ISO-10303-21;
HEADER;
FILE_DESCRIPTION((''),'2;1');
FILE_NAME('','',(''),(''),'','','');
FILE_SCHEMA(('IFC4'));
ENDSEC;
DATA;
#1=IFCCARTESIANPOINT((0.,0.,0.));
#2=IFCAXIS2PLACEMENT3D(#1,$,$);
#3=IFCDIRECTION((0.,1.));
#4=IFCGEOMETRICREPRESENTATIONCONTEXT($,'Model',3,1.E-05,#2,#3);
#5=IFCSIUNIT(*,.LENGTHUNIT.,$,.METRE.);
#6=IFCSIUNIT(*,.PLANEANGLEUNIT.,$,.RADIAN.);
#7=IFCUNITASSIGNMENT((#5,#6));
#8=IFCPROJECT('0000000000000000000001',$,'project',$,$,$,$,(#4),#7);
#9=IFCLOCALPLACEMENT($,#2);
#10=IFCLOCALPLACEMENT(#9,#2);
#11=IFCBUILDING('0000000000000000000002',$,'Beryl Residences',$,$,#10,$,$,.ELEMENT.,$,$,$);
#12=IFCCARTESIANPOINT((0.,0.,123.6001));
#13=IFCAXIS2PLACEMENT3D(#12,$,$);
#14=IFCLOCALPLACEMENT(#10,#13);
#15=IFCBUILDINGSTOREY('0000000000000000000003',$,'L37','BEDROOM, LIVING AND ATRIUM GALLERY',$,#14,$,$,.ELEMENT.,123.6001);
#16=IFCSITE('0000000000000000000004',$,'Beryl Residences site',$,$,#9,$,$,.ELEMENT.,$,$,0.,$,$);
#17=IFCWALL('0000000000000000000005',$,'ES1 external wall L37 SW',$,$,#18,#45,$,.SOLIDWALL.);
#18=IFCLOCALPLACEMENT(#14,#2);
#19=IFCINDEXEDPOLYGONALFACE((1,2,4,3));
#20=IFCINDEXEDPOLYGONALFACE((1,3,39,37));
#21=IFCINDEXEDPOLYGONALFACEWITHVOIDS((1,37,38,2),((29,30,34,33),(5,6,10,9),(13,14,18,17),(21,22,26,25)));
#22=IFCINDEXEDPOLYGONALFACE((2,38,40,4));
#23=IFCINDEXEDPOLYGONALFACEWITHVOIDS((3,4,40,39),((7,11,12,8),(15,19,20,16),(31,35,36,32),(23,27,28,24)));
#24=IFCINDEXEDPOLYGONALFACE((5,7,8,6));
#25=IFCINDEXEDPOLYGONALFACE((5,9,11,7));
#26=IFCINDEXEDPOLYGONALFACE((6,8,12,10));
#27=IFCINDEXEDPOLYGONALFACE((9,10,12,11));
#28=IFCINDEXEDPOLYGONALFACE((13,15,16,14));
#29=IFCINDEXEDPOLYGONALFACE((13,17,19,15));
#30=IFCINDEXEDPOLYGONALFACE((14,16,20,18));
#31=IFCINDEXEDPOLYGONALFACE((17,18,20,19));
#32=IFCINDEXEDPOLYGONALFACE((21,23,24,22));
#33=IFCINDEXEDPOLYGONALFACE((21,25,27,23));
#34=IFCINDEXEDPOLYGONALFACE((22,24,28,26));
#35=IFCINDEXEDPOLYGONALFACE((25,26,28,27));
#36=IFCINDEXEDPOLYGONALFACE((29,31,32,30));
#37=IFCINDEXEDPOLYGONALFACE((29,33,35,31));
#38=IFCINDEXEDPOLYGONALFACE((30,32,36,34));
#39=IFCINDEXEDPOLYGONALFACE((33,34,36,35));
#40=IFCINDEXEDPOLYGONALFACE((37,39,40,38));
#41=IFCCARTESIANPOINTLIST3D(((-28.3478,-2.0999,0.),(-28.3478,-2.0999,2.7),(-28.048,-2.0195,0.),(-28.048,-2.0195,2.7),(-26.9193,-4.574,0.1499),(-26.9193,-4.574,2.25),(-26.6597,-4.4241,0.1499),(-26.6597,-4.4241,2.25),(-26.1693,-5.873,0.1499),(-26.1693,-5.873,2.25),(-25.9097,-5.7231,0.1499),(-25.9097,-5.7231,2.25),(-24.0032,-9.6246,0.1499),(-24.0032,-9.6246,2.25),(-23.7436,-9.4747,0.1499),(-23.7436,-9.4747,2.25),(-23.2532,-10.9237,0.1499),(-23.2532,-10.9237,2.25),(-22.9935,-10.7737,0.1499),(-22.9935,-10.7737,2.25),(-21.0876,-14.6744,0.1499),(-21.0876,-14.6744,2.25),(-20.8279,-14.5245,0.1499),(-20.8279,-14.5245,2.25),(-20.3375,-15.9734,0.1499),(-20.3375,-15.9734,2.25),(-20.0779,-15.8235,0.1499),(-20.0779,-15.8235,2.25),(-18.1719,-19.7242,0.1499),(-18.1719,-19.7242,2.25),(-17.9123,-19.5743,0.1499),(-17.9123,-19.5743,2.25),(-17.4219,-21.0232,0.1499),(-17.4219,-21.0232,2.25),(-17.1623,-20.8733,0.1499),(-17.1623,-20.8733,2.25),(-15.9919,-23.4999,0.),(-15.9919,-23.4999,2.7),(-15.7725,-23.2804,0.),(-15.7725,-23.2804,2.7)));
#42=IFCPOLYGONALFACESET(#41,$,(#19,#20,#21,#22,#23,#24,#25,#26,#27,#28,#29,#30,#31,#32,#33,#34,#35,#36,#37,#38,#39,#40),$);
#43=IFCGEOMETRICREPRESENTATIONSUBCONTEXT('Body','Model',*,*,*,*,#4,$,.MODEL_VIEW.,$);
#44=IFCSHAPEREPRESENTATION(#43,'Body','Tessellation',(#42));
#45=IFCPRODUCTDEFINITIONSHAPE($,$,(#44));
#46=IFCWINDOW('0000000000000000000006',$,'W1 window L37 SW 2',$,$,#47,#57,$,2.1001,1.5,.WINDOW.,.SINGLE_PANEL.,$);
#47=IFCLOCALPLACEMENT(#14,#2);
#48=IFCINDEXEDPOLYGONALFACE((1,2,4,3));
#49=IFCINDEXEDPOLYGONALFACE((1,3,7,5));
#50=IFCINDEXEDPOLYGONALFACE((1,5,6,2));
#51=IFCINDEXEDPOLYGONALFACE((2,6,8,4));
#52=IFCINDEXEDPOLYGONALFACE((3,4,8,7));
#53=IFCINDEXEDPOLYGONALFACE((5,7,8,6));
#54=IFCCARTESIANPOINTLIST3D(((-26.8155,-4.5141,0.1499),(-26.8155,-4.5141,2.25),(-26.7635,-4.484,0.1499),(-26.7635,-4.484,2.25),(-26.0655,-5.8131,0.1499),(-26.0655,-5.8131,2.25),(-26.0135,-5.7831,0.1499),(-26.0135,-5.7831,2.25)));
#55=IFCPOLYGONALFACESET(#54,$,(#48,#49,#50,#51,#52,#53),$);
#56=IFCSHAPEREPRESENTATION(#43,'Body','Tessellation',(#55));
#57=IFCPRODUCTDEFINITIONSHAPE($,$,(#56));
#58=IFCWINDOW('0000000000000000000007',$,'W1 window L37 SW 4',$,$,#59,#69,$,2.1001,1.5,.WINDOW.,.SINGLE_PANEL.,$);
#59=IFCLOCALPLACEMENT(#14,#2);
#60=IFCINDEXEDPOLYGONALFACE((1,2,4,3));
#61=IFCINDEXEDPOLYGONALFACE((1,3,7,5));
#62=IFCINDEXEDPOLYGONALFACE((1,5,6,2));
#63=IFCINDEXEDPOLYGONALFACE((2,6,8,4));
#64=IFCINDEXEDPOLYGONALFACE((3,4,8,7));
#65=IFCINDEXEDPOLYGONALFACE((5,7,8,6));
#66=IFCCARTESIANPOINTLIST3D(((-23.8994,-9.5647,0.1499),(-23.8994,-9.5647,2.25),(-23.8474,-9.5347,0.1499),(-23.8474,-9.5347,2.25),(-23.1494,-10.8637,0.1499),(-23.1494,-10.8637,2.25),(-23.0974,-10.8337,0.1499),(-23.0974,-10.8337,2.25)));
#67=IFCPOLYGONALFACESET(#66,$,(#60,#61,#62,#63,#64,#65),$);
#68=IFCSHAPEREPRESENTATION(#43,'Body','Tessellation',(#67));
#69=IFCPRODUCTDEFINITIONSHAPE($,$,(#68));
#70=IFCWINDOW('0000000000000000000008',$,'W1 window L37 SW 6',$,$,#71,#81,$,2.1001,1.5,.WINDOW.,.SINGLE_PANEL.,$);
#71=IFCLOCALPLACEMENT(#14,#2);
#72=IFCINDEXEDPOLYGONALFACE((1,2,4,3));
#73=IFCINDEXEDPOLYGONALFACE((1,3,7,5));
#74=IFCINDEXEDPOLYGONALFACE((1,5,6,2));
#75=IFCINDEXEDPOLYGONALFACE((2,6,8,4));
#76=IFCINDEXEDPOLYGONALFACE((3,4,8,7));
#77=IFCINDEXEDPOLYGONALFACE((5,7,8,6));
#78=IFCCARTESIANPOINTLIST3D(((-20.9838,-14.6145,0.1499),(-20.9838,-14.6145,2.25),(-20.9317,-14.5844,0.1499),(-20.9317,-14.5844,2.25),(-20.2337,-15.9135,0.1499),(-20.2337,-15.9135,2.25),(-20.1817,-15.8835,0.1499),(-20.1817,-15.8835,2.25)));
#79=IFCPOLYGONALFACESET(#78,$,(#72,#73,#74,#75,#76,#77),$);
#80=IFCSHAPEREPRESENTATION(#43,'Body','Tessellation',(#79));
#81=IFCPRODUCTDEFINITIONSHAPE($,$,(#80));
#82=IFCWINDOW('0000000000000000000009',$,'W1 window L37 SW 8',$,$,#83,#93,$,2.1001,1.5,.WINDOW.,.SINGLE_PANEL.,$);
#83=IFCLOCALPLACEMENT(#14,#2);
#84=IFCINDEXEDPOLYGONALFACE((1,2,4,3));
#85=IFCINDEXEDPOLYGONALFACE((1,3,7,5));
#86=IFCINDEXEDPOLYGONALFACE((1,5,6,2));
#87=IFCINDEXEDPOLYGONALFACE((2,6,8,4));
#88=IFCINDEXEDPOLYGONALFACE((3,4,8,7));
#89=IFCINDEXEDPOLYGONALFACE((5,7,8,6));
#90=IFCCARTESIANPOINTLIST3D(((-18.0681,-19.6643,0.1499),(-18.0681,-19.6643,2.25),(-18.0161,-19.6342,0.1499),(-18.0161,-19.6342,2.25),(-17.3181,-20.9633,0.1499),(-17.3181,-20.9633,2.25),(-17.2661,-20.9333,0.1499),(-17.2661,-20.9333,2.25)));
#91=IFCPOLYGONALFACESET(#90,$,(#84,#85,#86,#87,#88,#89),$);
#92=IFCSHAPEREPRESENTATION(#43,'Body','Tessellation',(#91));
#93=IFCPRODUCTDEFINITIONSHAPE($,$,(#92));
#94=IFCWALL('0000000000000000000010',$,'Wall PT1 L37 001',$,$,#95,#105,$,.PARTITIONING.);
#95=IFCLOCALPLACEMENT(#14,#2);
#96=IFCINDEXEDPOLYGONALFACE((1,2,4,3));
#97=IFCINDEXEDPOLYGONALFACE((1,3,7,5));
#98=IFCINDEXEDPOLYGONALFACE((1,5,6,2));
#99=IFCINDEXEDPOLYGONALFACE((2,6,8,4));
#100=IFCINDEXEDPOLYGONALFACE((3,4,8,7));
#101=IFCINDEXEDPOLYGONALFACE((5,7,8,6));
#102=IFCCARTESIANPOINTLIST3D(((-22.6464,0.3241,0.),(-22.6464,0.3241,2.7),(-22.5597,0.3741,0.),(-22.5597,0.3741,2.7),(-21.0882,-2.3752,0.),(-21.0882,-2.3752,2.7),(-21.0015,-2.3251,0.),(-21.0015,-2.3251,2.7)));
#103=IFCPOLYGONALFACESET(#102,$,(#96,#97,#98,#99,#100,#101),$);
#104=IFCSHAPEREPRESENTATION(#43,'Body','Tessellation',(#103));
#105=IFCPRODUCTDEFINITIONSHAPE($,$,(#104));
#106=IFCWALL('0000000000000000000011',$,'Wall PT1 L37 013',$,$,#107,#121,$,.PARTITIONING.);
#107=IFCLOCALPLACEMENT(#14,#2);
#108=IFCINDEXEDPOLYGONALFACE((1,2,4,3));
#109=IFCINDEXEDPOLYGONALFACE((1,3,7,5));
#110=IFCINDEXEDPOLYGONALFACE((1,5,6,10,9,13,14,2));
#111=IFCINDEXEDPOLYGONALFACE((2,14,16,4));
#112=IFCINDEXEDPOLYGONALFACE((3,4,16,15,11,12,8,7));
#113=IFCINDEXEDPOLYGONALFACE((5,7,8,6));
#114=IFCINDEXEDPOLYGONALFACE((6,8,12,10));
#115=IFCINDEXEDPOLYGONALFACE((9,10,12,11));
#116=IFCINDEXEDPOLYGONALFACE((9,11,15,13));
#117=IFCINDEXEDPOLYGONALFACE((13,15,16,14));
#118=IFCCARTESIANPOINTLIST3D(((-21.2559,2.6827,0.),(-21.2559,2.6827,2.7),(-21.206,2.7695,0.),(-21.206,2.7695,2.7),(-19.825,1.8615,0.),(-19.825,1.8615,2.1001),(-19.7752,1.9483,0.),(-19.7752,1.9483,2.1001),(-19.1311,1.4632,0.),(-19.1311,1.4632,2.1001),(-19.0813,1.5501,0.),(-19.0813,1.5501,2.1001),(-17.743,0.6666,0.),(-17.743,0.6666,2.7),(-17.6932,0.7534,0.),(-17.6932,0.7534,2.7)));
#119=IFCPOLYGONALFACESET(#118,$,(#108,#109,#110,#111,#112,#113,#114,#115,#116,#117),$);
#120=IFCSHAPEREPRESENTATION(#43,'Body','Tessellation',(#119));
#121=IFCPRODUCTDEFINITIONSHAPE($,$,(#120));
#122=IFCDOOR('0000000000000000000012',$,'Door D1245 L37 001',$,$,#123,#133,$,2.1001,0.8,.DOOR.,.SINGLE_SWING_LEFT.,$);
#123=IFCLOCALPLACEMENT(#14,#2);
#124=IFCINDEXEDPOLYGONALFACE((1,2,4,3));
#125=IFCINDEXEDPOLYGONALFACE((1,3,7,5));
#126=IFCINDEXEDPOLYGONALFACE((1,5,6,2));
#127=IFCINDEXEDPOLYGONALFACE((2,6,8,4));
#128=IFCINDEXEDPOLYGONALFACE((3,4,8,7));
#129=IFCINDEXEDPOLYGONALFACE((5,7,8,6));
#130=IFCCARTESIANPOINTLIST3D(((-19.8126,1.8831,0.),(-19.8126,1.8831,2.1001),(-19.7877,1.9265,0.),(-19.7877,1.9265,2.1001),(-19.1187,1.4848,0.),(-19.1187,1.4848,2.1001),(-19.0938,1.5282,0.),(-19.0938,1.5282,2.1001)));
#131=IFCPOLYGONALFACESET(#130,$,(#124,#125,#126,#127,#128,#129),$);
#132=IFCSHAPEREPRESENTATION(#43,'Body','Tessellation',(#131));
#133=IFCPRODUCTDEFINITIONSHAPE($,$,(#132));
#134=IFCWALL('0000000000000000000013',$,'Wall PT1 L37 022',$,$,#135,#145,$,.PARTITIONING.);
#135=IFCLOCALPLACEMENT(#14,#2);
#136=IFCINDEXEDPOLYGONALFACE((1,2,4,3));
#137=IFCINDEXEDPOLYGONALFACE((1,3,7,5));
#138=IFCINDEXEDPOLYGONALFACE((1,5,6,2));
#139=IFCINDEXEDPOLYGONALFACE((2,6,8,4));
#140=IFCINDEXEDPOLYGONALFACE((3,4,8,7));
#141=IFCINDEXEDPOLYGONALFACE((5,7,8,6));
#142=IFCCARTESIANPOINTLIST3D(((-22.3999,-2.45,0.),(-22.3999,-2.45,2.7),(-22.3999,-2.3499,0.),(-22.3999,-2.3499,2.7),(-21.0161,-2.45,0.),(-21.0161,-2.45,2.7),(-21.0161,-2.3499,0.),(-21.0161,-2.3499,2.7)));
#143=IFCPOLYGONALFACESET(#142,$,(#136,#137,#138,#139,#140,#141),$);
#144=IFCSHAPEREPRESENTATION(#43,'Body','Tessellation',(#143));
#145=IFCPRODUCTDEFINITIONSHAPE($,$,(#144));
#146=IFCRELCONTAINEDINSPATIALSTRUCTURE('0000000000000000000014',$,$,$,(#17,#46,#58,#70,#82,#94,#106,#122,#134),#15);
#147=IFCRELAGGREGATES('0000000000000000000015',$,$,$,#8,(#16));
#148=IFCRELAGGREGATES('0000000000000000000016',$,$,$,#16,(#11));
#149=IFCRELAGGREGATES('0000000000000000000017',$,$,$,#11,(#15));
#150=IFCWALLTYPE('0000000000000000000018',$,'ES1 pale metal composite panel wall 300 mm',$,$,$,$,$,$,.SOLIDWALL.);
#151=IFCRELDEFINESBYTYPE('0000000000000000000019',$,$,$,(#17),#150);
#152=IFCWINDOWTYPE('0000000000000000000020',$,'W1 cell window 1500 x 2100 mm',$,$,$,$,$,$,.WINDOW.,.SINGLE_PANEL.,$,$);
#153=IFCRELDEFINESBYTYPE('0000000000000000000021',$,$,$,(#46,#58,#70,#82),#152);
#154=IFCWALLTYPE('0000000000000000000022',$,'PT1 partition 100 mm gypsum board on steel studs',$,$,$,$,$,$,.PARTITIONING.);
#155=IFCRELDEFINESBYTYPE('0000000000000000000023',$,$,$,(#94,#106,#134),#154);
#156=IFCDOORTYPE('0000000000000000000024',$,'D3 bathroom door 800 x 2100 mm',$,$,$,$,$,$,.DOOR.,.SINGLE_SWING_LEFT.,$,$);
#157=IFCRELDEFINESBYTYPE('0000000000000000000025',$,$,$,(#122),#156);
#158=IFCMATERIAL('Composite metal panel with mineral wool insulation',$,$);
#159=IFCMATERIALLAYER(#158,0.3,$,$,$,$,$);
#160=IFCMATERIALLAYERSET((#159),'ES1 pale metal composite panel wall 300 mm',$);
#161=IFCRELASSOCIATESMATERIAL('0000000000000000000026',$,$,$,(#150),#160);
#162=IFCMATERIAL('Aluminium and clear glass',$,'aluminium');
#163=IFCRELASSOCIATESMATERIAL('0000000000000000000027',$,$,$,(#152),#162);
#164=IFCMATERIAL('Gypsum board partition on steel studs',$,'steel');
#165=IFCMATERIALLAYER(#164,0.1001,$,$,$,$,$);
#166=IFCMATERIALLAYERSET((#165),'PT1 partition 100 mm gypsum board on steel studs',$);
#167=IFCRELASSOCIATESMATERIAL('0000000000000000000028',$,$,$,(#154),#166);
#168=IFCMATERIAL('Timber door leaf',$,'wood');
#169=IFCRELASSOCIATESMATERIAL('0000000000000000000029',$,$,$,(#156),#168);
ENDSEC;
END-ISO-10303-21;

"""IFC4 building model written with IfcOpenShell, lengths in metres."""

from ifc_helpers import new_model, si_unit, direction, frame, frame_2d, origin, place, context, subcontext, project, spatial, polyline, rectangle, outline, extrude, material, layer, layer_set, type_object, element, fill, save


model = new_model("IFC4")

# Units and contexts
model_context = context("Model", 3, precision=1e-05, world=origin(), true_north=direction((0.0, 1.0)))
body_context = subcontext(model_context, "Body", "Model", "MODEL_VIEW")
ifc_project = project(units=[si_unit("LENGTHUNIT", "METRE"), si_unit("PLANEANGLEUNIT", "RADIAN")], contexts=[model_context])

# Site, building, storey
site_placement = place(None, origin())
site = spatial("IfcSite", under=ifc_project, at=site_placement, Name="Beryl Residences site", CompositionType="ELEMENT", RefElevation=0.0)
building_placement = place(site_placement, origin())
building = spatial("IfcBuilding", under=site, at=building_placement, Name="Beryl Residences", CompositionType="ELEMENT")
storey_placement = place(building_placement, frame((0.0, 0.0, 123.6001)))
storey = spatial("IfcBuildingStorey", under=building, at=storey_placement, Name="L37", Description="BEDROOM, LIVING AND ATRIUM GALLERY", CompositionType="ELEMENT", Elevation=123.6001)

# Shared definitions
ifc_material_1 = material(Name="Composite metal panel with mineral wool insulation")
ifc_layer_1 = layer(ifc_material_1, 0.3)
ifc_layer_set_1 = layer_set([ifc_layer_1], Name="ES1 pale metal composite panel wall 300 mm")
wall_type_1 = type_object("IfcWallType", Name="ES1 pale metal composite panel wall 300 mm", PredefinedType="SOLIDWALL", material=ifc_layer_set_1)

# Wall, openings, windows
wall_1_placement = place(storey_placement, frame((-28.218, -2.0249, 0.0), z_axis=(0.0, 0.0, 1.0), x_axis=(0.500018, -0.866015, 0.0)))
wall_1 = element("IfcWall", 1, at=wall_1_placement, inside=storey, type_object=wall_type_1, Name="ES1 external wall L37 SW", PredefinedType="SOLIDWALL", context=body_context, shape_type="SweptSolid", body=[
    extrude(outline(polyline([(0.0, -0.1499), (24.7109, -0.1499), (24.6306, 0.1499), (0.0803, 0.1499), (0.0, -0.1499)])), origin(), (0.0, 0.0, 1.0), 2.7),
])
opening_1_placement = place(wall_1_placement, frame((2.8569, 0.0, 0.1499)))
opening_1 = element("IfcOpeningElement", 2, at=opening_1_placement, cuts=wall_1, PredefinedType="OPENING", context=body_context, shape_type="SweptSolid", body=[
    extrude(rectangle(XDim=1.5, YDim=2.1001, at=frame_2d((0.75, 1.05))), frame((0.0, 0.1599, 0.0), z_axis=(0.0, -1.0, 0.0), x_axis=(1.0, 0.0, 0.0)), (0.0, 0.0, 1.0), 0.3201),
])
opening_2_placement = place(wall_1_placement, frame((8.689, 0.0, 0.1499)))
opening_2 = element("IfcOpeningElement", 3, at=opening_2_placement, cuts=wall_1, PredefinedType="OPENING", context=body_context, shape_type="SweptSolid", body=[
    extrude(rectangle(XDim=1.5, YDim=2.1001, at=frame_2d((0.75, 1.05))), frame((0.0, 0.1599, 0.0), z_axis=(0.0, -1.0, 0.0), x_axis=(1.0, 0.0, 0.0)), (0.0, 0.0, 1.0), 0.3201),
])
opening_3_placement = place(wall_1_placement, frame((14.52, 0.0, 0.1499)))
opening_3 = element("IfcOpeningElement", 4, at=opening_3_placement, cuts=wall_1, PredefinedType="OPENING", context=body_context, shape_type="SweptSolid", body=[
    extrude(rectangle(XDim=1.5, YDim=2.1001, at=frame_2d((0.75, 1.05))), frame((0.0, 0.1599, 0.0), z_axis=(0.0, -1.0, 0.0), x_axis=(1.0, 0.0, 0.0)), (0.0, 0.0, 1.0), 0.3201),
])
opening_4_placement = place(wall_1_placement, frame((20.3511, 0.0, 0.1499)))
opening_4 = element("IfcOpeningElement", 5, at=opening_4_placement, cuts=wall_1, PredefinedType="OPENING", context=body_context, shape_type="SweptSolid", body=[
    extrude(rectangle(XDim=1.5, YDim=2.1001, at=frame_2d((0.75, 1.05))), frame((0.0, 0.1599, 0.0), z_axis=(0.0, -1.0, 0.0), x_axis=(1.0, 0.0, 0.0)), (0.0, 0.0, 1.0), 0.3201),
])
ifc_material_2 = material(Name="Aluminium and clear glass", Category="aluminium")
window_type_1 = type_object("IfcWindowType", Name="W1 cell window 1500 x 2100 mm", PartitioningType="SINGLE_PANEL", PredefinedType="WINDOW", material=ifc_material_2)
window_1_placement = place(opening_1_placement, origin())
window_1 = element("IfcWindow", 6, at=window_1_placement, inside=storey, type_object=window_type_1, Name="W1 window L37 SW 2", OverallHeight=2.1001, OverallWidth=1.5, PartitioningType="SINGLE_PANEL", PredefinedType="WINDOW", context=body_context, shape_type="SweptSolid", body=[
    extrude(rectangle(XDim=1.5, YDim=2.1001, at=frame_2d((0.75, 1.05))), frame((0.0, 0.03, 0.0), z_axis=(0.0, -1.0, 0.0), x_axis=(1.0, 0.0, 0.0)), (0.0, 0.0, 1.0), 0.0601),
])
fill(opening_1, window_1)
window_2_placement = place(opening_2_placement, origin())
window_2 = element("IfcWindow", 7, at=window_2_placement, inside=storey, type_object=window_type_1, Name="W1 window L37 SW 4", OverallHeight=2.1001, OverallWidth=1.5, PartitioningType="SINGLE_PANEL", PredefinedType="WINDOW", context=body_context, shape_type="SweptSolid", body=[
    extrude(rectangle(XDim=1.5, YDim=2.1001, at=frame_2d((0.75, 1.05))), frame((0.0, 0.03, 0.0), z_axis=(0.0, -1.0, 0.0), x_axis=(1.0, 0.0, 0.0)), (0.0, 0.0, 1.0), 0.0601),
])
fill(opening_2, window_2)
window_3_placement = place(opening_3_placement, origin())
window_3 = element("IfcWindow", 8, at=window_3_placement, inside=storey, type_object=window_type_1, Name="W1 window L37 SW 6", OverallHeight=2.1001, OverallWidth=1.5, PartitioningType="SINGLE_PANEL", PredefinedType="WINDOW", context=body_context, shape_type="SweptSolid", body=[
    extrude(rectangle(XDim=1.5, YDim=2.1001, at=frame_2d((0.75, 1.05))), frame((0.0, 0.03, 0.0), z_axis=(0.0, -1.0, 0.0), x_axis=(1.0, 0.0, 0.0)), (0.0, 0.0, 1.0), 0.0601),
])
fill(opening_3, window_3)
window_4_placement = place(opening_4_placement, origin())
window_4 = element("IfcWindow", 9, at=window_4_placement, inside=storey, type_object=window_type_1, Name="W1 window L37 SW 8", OverallHeight=2.1001, OverallWidth=1.5, PartitioningType="SINGLE_PANEL", PredefinedType="WINDOW", context=body_context, shape_type="SweptSolid", body=[
    extrude(rectangle(XDim=1.5, YDim=2.1001, at=frame_2d((0.75, 1.05))), frame((0.0, 0.03, 0.0), z_axis=(0.0, -1.0, 0.0), x_axis=(1.0, 0.0, 0.0)), (0.0, 0.0, 1.0), 0.0601),
])
fill(opening_4, window_4)

# Wall
ifc_material_3 = material(Name="Gypsum board partition on steel studs", Category="steel")
ifc_layer_2 = layer(ifc_material_3, 0.1001)
ifc_layer_set_2 = layer_set([ifc_layer_2], Name="PT1 partition 100 mm gypsum board on steel studs")
wall_type_2 = type_object("IfcWallType", Name="PT1 partition 100 mm gypsum board on steel studs", PredefinedType="PARTITIONING", material=ifc_layer_set_2)
wall_2_placement = place(storey_placement, frame((-22.603, 0.3491, 0.0), z_axis=(0.0, 0.0, 1.0), x_axis=(0.49993, -0.866066, 0.0)))
element("IfcWall", 10, at=wall_2_placement, inside=storey, type_object=wall_type_2, Name="Wall PT1 L37 001", PredefinedType="PARTITIONING", context=body_context, shape_type="SweptSolid", body=[
    extrude(rectangle(XDim=3.1167, YDim=0.1001, at=frame_2d((1.5583, 0.0))), origin(), (0.0, 0.0, 1.0), 2.7),
])

# Wall, opening, door
wall_3_placement = place(storey_placement, frame((-21.231, 2.7261, 0.0), z_axis=(0.0, 0.0, 1.0), x_axis=(0.867314, -0.497761, 0.0)))
wall_3 = element("IfcWall", 11, at=wall_3_placement, inside=storey, type_object=wall_type_2, Name="Wall PT1 L37 013", PredefinedType="PARTITIONING", context=body_context, shape_type="SweptSolid", body=[
    extrude(rectangle(XDim=4.0503, YDim=0.1001, at=frame_2d((2.0251, 0.0))), origin(), (0.0, 0.0, 1.0), 2.7),
])
opening_5_placement = place(wall_3_placement, frame((1.6499, 0.0, 0.0)))
opening_5 = element("IfcOpeningElement", 12, at=opening_5_placement, cuts=wall_3, PredefinedType="OPENING", context=body_context, shape_type="SweptSolid", body=[
    extrude(rectangle(XDim=0.8, YDim=2.1001, at=frame_2d((0.3999, 1.05))), frame((0.0, 0.0601, 0.0), z_axis=(0.0, -1.0, 0.0), x_axis=(1.0, 0.0, 0.0)), (0.0, 0.0, 1.0), 0.1201),
])
ifc_material_4 = material(Name="Timber door leaf", Category="wood")
door_type_1 = type_object("IfcDoorType", Name="D3 bathroom door 800 x 2100 mm", OperationType="SINGLE_SWING_LEFT", PredefinedType="DOOR", material=ifc_material_4)
door_1_placement = place(opening_5_placement, origin())
door_1 = element("IfcDoor", 13, at=door_1_placement, inside=storey, type_object=door_type_1, Name="Door D1245 L37 001", OperationType="SINGLE_SWING_LEFT", OverallHeight=2.1001, OverallWidth=0.8, PredefinedType="DOOR", context=body_context, shape_type="SweptSolid", body=[
    extrude(rectangle(XDim=0.8, YDim=2.1001, at=frame_2d((0.3999, 1.05))), frame((0.0, 0.0249, 0.0), z_axis=(0.0, -1.0, 0.0), x_axis=(1.0, 0.0, 0.0)), (0.0, 0.0, 1.0), 0.05),
])
fill(opening_5, door_1)

# Wall
wall_4_placement = place(storey_placement, frame((-22.3999, -2.3999, 0.0), z_axis=(0.0, 0.0, 1.0), x_axis=(1.0, 0.0, 0.0)))
element("IfcWall", 14, at=wall_4_placement, inside=storey, type_object=wall_type_2, Name="Wall PT1 L37 022", PredefinedType="PARTITIONING", context=body_context, shape_type="SweptSolid", body=[
    extrude(rectangle(XDim=1.3838, YDim=0.1001, at=frame_2d((0.6919, 0.0))), origin(), (0.0, 0.0, 1.0), 2.7),
])

save(model, "model.ifc")
